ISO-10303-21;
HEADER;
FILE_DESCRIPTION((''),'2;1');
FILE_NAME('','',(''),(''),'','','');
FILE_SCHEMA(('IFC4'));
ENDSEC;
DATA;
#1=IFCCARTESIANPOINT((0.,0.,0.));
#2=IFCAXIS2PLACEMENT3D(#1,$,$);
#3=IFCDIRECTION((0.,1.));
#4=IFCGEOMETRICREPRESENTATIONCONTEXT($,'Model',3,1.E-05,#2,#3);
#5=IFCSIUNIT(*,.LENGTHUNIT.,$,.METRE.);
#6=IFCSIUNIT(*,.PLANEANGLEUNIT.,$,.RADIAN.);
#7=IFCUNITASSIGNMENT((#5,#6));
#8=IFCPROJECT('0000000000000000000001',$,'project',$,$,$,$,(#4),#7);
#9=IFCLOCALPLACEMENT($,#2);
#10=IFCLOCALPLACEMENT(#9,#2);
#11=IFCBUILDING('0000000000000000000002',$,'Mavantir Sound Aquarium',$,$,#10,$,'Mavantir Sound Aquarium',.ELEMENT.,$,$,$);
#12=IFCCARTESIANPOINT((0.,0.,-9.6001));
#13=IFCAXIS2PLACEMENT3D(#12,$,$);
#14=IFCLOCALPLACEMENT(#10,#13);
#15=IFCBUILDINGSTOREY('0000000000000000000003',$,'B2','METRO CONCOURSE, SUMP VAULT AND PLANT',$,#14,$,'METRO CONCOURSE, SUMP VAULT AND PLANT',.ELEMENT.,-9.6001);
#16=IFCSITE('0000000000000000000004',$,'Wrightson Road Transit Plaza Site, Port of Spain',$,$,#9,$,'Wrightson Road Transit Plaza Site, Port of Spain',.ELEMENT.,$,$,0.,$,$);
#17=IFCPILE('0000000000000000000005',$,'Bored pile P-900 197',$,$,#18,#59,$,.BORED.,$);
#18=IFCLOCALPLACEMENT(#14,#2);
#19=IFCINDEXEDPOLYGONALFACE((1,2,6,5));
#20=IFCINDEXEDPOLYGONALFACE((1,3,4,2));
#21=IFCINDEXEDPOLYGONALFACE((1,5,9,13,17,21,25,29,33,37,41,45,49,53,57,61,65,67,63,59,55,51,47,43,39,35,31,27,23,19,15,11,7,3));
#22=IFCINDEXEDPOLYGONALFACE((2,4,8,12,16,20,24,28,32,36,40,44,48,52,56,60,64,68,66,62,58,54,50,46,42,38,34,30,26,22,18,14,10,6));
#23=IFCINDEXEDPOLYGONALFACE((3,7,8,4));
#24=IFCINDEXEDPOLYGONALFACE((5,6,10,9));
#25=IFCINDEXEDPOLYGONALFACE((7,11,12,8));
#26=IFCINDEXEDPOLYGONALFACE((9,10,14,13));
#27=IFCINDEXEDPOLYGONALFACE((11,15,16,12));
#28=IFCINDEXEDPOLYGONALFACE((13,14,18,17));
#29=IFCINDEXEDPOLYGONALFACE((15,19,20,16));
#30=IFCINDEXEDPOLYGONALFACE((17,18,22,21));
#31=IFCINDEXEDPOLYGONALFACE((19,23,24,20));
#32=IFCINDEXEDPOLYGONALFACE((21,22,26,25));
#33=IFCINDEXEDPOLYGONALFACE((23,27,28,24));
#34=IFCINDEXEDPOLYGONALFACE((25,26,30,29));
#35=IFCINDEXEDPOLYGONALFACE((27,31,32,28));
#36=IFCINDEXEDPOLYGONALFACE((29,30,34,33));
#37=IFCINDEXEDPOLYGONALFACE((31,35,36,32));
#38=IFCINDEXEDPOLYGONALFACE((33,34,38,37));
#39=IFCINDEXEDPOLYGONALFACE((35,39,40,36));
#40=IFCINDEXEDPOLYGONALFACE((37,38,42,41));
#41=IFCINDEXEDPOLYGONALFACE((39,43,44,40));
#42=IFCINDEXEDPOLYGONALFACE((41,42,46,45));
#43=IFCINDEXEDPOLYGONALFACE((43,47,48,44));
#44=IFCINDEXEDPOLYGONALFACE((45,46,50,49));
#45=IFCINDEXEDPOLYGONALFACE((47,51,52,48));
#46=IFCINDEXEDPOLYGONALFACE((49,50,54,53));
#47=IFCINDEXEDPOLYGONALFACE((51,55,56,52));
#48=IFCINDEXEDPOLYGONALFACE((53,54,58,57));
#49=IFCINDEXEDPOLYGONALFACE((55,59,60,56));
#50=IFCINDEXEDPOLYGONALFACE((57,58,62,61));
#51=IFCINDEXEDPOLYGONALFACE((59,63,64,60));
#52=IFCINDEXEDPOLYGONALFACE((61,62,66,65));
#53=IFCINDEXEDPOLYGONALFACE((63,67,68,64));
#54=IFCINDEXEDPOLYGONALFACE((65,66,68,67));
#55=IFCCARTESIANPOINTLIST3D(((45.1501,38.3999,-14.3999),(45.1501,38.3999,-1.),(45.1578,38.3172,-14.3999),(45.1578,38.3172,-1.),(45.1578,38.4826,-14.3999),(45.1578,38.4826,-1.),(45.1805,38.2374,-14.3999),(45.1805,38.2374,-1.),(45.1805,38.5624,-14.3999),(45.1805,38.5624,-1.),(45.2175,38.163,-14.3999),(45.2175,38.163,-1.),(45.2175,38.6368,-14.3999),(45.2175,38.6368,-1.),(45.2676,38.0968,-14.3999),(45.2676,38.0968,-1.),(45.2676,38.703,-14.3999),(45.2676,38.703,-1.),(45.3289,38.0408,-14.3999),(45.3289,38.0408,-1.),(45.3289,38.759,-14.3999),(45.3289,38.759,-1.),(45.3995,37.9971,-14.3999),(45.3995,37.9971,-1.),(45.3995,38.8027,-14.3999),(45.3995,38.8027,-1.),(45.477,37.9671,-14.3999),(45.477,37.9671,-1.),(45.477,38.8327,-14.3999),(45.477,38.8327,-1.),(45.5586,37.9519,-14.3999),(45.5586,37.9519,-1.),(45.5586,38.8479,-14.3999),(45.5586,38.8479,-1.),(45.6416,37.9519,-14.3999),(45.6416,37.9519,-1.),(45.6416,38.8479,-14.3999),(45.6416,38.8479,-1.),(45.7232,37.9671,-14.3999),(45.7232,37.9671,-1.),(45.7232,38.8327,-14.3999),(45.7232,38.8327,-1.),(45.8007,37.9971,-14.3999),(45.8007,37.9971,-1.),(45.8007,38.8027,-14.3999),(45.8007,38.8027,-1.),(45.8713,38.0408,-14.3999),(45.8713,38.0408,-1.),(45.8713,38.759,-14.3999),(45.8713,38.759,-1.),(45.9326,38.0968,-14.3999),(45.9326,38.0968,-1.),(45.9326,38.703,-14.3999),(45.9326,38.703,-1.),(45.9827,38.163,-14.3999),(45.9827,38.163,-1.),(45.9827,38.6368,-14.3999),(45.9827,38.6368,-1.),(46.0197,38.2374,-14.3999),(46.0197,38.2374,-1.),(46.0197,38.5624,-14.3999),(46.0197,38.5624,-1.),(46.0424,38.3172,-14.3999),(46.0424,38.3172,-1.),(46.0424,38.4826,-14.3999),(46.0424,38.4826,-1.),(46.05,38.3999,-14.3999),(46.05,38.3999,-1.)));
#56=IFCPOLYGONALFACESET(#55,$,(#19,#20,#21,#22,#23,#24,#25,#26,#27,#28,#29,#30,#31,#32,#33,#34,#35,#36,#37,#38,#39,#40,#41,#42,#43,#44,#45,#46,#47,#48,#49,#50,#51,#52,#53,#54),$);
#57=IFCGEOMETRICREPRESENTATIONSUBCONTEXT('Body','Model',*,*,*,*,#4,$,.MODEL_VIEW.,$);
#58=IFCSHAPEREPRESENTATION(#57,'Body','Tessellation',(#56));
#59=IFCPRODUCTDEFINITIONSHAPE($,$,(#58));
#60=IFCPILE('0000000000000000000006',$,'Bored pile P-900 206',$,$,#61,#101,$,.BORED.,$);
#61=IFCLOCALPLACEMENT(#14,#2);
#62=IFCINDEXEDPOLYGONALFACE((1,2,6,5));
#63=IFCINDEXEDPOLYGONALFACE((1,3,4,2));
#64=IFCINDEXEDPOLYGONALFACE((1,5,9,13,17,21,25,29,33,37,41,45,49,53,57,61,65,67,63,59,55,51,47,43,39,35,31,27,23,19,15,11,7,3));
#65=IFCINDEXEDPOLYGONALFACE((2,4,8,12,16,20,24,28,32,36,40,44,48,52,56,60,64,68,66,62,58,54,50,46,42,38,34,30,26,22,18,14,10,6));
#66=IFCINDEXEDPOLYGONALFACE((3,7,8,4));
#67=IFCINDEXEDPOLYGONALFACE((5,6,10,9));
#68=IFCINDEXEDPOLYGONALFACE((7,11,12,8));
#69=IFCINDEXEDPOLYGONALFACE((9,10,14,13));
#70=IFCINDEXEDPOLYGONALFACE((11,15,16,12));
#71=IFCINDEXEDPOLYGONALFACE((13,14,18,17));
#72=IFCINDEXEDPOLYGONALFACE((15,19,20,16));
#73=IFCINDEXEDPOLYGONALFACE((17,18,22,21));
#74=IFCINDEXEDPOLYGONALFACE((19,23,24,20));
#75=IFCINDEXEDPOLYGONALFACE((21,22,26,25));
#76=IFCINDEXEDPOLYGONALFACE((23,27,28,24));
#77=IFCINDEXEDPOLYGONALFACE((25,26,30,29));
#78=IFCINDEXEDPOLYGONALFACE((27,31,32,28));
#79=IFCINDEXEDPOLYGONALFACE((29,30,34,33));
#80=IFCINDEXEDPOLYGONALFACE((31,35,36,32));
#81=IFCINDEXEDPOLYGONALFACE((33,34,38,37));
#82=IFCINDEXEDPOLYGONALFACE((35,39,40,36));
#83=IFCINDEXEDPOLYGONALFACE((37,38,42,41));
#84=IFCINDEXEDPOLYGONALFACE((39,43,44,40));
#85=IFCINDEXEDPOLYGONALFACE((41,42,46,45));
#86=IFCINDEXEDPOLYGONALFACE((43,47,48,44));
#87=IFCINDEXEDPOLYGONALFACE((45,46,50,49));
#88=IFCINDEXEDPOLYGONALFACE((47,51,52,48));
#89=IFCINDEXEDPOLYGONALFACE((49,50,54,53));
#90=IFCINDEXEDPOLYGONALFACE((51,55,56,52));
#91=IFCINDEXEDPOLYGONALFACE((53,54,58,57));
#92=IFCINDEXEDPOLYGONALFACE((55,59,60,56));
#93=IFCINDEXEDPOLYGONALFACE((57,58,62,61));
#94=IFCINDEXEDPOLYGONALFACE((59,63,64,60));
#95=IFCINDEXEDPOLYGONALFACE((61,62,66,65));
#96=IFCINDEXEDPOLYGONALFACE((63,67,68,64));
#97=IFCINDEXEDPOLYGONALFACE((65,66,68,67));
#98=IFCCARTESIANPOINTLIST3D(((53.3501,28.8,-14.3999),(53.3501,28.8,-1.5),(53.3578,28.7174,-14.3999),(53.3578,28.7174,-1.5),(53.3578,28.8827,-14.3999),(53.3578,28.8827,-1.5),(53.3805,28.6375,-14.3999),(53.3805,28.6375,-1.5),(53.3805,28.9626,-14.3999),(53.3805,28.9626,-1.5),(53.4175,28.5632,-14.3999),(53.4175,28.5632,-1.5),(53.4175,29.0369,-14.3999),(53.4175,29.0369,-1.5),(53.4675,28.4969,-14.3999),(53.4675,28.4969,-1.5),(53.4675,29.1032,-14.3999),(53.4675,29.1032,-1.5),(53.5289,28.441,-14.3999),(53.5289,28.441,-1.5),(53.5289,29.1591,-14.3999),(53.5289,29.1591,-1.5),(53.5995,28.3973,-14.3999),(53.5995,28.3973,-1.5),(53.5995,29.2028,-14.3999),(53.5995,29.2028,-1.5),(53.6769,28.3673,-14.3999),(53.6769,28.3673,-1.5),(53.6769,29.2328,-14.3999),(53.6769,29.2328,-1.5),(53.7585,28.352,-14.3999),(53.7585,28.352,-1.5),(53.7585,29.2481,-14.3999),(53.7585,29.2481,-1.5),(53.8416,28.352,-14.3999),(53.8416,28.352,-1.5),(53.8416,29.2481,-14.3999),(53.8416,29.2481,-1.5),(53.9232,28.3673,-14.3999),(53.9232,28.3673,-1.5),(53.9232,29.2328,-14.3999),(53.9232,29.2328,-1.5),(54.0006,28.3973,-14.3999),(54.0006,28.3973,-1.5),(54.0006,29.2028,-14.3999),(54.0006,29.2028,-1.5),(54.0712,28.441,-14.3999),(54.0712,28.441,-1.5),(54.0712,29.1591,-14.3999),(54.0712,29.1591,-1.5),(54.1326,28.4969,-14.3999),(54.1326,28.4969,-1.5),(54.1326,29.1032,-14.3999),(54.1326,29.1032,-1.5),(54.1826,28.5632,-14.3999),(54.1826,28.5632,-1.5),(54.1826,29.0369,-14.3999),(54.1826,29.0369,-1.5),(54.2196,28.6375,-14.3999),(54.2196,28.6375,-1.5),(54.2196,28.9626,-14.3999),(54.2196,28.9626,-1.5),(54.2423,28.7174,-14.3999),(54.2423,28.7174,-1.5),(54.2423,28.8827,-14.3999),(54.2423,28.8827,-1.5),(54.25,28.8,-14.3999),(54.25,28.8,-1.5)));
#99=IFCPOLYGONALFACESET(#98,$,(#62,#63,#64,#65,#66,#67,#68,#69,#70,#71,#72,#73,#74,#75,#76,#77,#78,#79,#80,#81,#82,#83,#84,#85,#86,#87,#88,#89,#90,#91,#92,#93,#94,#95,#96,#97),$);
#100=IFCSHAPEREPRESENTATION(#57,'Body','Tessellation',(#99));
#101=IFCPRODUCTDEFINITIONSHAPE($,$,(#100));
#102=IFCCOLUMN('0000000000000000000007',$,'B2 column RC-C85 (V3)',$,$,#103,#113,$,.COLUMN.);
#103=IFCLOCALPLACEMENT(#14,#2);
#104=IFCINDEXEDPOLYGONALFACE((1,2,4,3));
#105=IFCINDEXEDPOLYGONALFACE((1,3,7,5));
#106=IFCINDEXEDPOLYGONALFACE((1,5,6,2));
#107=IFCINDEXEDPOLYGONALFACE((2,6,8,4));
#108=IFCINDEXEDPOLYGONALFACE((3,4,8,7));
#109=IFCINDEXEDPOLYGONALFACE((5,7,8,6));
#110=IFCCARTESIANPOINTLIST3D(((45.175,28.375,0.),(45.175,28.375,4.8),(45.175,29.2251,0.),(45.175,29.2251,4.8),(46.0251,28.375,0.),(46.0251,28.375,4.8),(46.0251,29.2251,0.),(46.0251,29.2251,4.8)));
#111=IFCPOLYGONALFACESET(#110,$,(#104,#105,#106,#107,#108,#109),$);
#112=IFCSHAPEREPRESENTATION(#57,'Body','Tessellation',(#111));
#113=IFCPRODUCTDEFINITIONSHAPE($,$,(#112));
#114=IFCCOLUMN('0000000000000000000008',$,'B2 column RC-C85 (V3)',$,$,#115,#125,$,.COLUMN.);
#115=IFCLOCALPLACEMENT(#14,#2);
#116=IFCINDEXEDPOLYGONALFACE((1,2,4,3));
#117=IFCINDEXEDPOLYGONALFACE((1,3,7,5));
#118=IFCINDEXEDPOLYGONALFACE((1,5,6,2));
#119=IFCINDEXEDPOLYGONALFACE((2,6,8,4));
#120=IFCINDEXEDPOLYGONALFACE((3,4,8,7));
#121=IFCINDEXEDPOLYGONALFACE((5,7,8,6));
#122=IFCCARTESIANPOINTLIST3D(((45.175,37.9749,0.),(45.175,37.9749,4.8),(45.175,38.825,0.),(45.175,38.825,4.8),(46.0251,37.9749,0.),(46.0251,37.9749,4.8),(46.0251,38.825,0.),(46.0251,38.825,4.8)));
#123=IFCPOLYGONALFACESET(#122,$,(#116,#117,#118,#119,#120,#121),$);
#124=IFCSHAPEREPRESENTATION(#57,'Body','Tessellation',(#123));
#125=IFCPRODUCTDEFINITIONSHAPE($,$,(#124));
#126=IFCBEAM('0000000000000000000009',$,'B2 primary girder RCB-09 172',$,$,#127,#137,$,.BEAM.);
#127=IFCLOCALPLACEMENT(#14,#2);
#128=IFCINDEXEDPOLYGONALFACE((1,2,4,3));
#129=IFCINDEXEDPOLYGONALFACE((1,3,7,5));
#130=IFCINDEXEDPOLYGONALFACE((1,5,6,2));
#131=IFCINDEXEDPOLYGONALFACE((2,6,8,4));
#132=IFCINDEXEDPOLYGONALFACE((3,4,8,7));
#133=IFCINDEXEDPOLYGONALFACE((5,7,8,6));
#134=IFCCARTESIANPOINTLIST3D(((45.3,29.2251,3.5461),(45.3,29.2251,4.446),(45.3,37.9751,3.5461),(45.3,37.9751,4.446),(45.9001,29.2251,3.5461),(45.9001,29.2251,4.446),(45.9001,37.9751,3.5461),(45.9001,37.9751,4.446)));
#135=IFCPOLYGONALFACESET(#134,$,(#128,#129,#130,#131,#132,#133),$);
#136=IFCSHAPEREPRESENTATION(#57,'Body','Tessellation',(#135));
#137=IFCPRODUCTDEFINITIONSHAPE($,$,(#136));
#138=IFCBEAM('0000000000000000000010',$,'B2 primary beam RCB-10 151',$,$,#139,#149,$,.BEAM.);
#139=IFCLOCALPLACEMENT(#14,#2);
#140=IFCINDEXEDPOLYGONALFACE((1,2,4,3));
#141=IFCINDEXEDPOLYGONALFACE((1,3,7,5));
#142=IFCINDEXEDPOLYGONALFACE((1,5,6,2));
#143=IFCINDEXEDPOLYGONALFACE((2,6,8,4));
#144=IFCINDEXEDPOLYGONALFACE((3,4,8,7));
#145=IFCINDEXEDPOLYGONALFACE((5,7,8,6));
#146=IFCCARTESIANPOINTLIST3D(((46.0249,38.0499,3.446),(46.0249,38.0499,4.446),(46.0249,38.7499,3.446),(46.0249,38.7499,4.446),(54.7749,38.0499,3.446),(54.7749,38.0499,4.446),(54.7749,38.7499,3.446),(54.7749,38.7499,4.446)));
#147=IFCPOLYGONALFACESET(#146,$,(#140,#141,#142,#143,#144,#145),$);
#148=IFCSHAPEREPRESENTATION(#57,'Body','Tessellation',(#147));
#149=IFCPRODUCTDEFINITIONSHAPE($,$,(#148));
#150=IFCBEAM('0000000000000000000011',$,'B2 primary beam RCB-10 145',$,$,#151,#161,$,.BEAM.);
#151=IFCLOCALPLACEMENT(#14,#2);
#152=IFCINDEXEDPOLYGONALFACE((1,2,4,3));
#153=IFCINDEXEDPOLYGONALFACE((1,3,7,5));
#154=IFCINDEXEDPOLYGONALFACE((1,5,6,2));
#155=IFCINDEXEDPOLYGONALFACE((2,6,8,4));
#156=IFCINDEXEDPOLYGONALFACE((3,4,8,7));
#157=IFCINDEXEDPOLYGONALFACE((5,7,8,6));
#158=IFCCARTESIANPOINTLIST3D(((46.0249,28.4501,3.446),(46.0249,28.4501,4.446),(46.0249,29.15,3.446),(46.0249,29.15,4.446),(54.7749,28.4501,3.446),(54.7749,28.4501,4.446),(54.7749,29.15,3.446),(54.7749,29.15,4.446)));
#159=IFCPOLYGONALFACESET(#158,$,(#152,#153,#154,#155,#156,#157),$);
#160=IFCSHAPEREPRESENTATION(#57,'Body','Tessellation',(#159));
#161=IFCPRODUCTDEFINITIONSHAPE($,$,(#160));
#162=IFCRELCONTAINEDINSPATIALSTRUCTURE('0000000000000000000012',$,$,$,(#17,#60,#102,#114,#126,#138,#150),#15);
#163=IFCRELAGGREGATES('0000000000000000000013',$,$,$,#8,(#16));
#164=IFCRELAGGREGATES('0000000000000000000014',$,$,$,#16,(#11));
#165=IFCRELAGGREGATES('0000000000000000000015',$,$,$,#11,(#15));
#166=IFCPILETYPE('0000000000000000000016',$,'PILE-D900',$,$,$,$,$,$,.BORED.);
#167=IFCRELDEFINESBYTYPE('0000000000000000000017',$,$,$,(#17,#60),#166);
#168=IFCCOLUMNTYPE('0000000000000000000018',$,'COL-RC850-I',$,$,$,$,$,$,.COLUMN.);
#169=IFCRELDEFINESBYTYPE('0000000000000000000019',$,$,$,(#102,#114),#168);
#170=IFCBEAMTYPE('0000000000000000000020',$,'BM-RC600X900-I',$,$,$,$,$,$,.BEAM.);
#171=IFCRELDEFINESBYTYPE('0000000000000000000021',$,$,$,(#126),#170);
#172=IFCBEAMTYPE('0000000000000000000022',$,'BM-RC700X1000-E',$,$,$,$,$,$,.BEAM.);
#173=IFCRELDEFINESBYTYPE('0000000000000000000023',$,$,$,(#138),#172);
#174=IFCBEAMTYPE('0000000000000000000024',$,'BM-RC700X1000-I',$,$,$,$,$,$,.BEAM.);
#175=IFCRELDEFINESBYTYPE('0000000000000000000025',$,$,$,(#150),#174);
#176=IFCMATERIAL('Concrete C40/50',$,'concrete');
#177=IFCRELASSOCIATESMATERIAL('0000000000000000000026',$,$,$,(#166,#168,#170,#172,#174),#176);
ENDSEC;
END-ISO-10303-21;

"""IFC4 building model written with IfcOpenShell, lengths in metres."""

from ifc_helpers import new_model, si_unit, direction, frame, origin, origin_2d, place, context, subcontext, project, spatial, rectangle, circle, extrude, material, material_profile, profile_set, type_object, element, save


model = new_model("IFC4")

# Units and contexts
model_context = context("Model", 3, precision=1e-05, world=origin(), true_north=direction((0.0, 1.0)))
body_context = subcontext(model_context, "Body", "Model", "MODEL_VIEW")
ifc_project = project(units=[si_unit("LENGTHUNIT", "METRE"), si_unit("PLANEANGLEUNIT", "RADIAN")], contexts=[model_context])

# Site, building, storey
site_placement = place(None, origin())
site = spatial("IfcSite", under=ifc_project, at=site_placement, Name="Wrightson Road Transit Plaza Site, Port of Spain", LongName="Wrightson Road Transit Plaza Site, Port of Spain", CompositionType="ELEMENT", RefElevation=0.0)
building_placement = place(site_placement, origin())
building = spatial("IfcBuilding", under=site, at=building_placement, Name="Mavantir Sound Aquarium", LongName="Mavantir Sound Aquarium", CompositionType="ELEMENT")
storey_placement = place(building_placement, frame((0.0, 0.0, -9.6001)))
storey = spatial("IfcBuildingStorey", under=building, at=storey_placement, Name="B2", Description="METRO CONCOURSE, SUMP VAULT AND PLANT", LongName="METRO CONCOURSE, SUMP VAULT AND PLANT", CompositionType="ELEMENT", Elevation=-9.6001)

# Shared definitions
ifc_material_1 = material(Name="Concrete C40/50", Category="concrete")

# Piles
ifc_material_profile_1 = material_profile(ifc_material_1, circle(Radius=0.45, at=origin_2d()), Name="PILE D900")
ifc_profile_set_1 = profile_set([ifc_material_profile_1], Name="Concrete C40/50")
pile_type = type_object("IfcPileType", Name="PILE-D900", PredefinedType="BORED", material=ifc_profile_set_1)
pile_1_placement = place(storey_placement, frame((45.6001, 38.3999, -1.0), z_axis=(0.0, 0.0, -1.0), x_axis=(1.0, 0.0, 0.0)))
element("IfcPile", 1, at=pile_1_placement, inside=storey, type_object=pile_type, Name="Bored pile P-900 197", PredefinedType="BORED", context=body_context, shape_type="SweptSolid", body=[
    extrude(circle(Radius=0.45, at=origin_2d()), origin(), (0.0, 0.0, 1.0), 13.3999),
])
pile_2_placement = place(storey_placement, frame((53.8, 28.8, -1.5), z_axis=(0.0, 0.0, -1.0), x_axis=(1.0, 0.0, 0.0)))
element("IfcPile", 2, at=pile_2_placement, inside=storey, type_object=pile_type, Name="Bored pile P-900 206", PredefinedType="BORED", context=body_context, shape_type="SweptSolid", body=[
    extrude(circle(Radius=0.45, at=origin_2d()), origin(), (0.0, 0.0, 1.0), 12.8999),
])

# Columns
ifc_material_profile_2 = material_profile(ifc_material_1, rectangle(XDim=0.8501, YDim=0.8501, at=origin_2d()), Name="RC 850X850")
ifc_profile_set_2 = profile_set([ifc_material_profile_2], Name="Concrete C40/50")
column_type = type_object("IfcColumnType", Name="COL-RC850-I", PredefinedType="COLUMN", material=ifc_profile_set_2)
for number, where, z_axis, x_axis, name in (
    (3, (45.6001, 28.8, 0.0), (0.0, 0.0, 1.0), (1.0, 0.0, 0.0), "B2 column RC-C85 (V3)"),
    (4, (45.6001, 38.3999, 0.0), (0.0, 0.0, 1.0), (1.0, 0.0, 0.0), "B2 column RC-C85 (V3)"),
):
    element("IfcColumn", number, at=place(storey_placement, frame(where, z_axis=z_axis, x_axis=x_axis)), inside=storey, type_object=column_type, Name=name, PredefinedType="COLUMN", context=body_context, shape_type="SweptSolid", body=[
        extrude(rectangle(XDim=0.8501, YDim=0.8501, at=origin_2d()), origin(), (0.0, 0.0, 1.0), 4.8),
    ])

# Beams
ifc_material_profile_3 = material_profile(ifc_material_1, rectangle(XDim=0.6001, YDim=0.8999, at=origin_2d()), Name="RC 600X900")
ifc_profile_set_3 = profile_set([ifc_material_profile_3], Name="Concrete C40/50")
beam_type_1 = type_object("IfcBeamType", Name="BM-RC600X900-I", PredefinedType="BEAM", material=ifc_profile_set_3)
beam_1_placement = place(storey_placement, frame((45.6001, 29.2251, 3.9961), z_axis=(0.0, 1.0, 0.0), x_axis=(-1.0, 0.0, 0.0)))
element("IfcBeam", 5, at=beam_1_placement, inside=storey, type_object=beam_type_1, Name="B2 primary girder RCB-09 172", PredefinedType="BEAM", context=body_context, shape_type="SweptSolid", body=[
    extrude(rectangle(XDim=0.6001, YDim=0.8999, at=origin_2d()), origin(), (0.0, 0.0, 1.0), 8.75),
])
ifc_material_profile_4 = material_profile(ifc_material_1, rectangle(XDim=0.7, YDim=1.0, at=origin_2d()), Name="RC 700X1000")
ifc_profile_set_4 = profile_set([ifc_material_profile_4], Name="Concrete C40/50")
beam_type_2 = type_object("IfcBeamType", Name="BM-RC700X1000-E", PredefinedType="BEAM", material=ifc_profile_set_4)
beam_2_placement = place(storey_placement, frame((46.0249, 38.3999, 3.946), z_axis=(1.0, 0.0, 0.0), x_axis=(0.0, 1.0, 0.0)))
element("IfcBeam", 6, at=beam_2_placement, inside=storey, type_object=beam_type_2, Name="B2 primary beam RCB-10 151", PredefinedType="BEAM", context=body_context, shape_type="SweptSolid", body=[
    extrude(rectangle(XDim=0.7, YDim=1.0, at=origin_2d()), origin(), (0.0, 0.0, 1.0), 8.75),
])
ifc_material_profile_5 = material_profile(ifc_material_1, rectangle(XDim=0.7, YDim=1.0, at=origin_2d()), Name="RC 700X1000")
ifc_profile_set_5 = profile_set([ifc_material_profile_5], Name="Concrete C40/50")
beam_type_3 = type_object("IfcBeamType", Name="BM-RC700X1000-I", PredefinedType="BEAM", material=ifc_profile_set_5)
beam_3_placement = place(storey_placement, frame((46.0249, 28.8, 3.946), z_axis=(1.0, 0.0, 0.0), x_axis=(0.0, 1.0, 0.0)))
element("IfcBeam", 7, at=beam_3_placement, inside=storey, type_object=beam_type_3, Name="B2 primary beam RCB-10 145", PredefinedType="BEAM", context=body_context, shape_type="SweptSolid", body=[
    extrude(rectangle(XDim=0.7, YDim=1.0, at=origin_2d()), origin(), (0.0, 0.0, 1.0), 8.75),
])

save(model, "model.ifc")
